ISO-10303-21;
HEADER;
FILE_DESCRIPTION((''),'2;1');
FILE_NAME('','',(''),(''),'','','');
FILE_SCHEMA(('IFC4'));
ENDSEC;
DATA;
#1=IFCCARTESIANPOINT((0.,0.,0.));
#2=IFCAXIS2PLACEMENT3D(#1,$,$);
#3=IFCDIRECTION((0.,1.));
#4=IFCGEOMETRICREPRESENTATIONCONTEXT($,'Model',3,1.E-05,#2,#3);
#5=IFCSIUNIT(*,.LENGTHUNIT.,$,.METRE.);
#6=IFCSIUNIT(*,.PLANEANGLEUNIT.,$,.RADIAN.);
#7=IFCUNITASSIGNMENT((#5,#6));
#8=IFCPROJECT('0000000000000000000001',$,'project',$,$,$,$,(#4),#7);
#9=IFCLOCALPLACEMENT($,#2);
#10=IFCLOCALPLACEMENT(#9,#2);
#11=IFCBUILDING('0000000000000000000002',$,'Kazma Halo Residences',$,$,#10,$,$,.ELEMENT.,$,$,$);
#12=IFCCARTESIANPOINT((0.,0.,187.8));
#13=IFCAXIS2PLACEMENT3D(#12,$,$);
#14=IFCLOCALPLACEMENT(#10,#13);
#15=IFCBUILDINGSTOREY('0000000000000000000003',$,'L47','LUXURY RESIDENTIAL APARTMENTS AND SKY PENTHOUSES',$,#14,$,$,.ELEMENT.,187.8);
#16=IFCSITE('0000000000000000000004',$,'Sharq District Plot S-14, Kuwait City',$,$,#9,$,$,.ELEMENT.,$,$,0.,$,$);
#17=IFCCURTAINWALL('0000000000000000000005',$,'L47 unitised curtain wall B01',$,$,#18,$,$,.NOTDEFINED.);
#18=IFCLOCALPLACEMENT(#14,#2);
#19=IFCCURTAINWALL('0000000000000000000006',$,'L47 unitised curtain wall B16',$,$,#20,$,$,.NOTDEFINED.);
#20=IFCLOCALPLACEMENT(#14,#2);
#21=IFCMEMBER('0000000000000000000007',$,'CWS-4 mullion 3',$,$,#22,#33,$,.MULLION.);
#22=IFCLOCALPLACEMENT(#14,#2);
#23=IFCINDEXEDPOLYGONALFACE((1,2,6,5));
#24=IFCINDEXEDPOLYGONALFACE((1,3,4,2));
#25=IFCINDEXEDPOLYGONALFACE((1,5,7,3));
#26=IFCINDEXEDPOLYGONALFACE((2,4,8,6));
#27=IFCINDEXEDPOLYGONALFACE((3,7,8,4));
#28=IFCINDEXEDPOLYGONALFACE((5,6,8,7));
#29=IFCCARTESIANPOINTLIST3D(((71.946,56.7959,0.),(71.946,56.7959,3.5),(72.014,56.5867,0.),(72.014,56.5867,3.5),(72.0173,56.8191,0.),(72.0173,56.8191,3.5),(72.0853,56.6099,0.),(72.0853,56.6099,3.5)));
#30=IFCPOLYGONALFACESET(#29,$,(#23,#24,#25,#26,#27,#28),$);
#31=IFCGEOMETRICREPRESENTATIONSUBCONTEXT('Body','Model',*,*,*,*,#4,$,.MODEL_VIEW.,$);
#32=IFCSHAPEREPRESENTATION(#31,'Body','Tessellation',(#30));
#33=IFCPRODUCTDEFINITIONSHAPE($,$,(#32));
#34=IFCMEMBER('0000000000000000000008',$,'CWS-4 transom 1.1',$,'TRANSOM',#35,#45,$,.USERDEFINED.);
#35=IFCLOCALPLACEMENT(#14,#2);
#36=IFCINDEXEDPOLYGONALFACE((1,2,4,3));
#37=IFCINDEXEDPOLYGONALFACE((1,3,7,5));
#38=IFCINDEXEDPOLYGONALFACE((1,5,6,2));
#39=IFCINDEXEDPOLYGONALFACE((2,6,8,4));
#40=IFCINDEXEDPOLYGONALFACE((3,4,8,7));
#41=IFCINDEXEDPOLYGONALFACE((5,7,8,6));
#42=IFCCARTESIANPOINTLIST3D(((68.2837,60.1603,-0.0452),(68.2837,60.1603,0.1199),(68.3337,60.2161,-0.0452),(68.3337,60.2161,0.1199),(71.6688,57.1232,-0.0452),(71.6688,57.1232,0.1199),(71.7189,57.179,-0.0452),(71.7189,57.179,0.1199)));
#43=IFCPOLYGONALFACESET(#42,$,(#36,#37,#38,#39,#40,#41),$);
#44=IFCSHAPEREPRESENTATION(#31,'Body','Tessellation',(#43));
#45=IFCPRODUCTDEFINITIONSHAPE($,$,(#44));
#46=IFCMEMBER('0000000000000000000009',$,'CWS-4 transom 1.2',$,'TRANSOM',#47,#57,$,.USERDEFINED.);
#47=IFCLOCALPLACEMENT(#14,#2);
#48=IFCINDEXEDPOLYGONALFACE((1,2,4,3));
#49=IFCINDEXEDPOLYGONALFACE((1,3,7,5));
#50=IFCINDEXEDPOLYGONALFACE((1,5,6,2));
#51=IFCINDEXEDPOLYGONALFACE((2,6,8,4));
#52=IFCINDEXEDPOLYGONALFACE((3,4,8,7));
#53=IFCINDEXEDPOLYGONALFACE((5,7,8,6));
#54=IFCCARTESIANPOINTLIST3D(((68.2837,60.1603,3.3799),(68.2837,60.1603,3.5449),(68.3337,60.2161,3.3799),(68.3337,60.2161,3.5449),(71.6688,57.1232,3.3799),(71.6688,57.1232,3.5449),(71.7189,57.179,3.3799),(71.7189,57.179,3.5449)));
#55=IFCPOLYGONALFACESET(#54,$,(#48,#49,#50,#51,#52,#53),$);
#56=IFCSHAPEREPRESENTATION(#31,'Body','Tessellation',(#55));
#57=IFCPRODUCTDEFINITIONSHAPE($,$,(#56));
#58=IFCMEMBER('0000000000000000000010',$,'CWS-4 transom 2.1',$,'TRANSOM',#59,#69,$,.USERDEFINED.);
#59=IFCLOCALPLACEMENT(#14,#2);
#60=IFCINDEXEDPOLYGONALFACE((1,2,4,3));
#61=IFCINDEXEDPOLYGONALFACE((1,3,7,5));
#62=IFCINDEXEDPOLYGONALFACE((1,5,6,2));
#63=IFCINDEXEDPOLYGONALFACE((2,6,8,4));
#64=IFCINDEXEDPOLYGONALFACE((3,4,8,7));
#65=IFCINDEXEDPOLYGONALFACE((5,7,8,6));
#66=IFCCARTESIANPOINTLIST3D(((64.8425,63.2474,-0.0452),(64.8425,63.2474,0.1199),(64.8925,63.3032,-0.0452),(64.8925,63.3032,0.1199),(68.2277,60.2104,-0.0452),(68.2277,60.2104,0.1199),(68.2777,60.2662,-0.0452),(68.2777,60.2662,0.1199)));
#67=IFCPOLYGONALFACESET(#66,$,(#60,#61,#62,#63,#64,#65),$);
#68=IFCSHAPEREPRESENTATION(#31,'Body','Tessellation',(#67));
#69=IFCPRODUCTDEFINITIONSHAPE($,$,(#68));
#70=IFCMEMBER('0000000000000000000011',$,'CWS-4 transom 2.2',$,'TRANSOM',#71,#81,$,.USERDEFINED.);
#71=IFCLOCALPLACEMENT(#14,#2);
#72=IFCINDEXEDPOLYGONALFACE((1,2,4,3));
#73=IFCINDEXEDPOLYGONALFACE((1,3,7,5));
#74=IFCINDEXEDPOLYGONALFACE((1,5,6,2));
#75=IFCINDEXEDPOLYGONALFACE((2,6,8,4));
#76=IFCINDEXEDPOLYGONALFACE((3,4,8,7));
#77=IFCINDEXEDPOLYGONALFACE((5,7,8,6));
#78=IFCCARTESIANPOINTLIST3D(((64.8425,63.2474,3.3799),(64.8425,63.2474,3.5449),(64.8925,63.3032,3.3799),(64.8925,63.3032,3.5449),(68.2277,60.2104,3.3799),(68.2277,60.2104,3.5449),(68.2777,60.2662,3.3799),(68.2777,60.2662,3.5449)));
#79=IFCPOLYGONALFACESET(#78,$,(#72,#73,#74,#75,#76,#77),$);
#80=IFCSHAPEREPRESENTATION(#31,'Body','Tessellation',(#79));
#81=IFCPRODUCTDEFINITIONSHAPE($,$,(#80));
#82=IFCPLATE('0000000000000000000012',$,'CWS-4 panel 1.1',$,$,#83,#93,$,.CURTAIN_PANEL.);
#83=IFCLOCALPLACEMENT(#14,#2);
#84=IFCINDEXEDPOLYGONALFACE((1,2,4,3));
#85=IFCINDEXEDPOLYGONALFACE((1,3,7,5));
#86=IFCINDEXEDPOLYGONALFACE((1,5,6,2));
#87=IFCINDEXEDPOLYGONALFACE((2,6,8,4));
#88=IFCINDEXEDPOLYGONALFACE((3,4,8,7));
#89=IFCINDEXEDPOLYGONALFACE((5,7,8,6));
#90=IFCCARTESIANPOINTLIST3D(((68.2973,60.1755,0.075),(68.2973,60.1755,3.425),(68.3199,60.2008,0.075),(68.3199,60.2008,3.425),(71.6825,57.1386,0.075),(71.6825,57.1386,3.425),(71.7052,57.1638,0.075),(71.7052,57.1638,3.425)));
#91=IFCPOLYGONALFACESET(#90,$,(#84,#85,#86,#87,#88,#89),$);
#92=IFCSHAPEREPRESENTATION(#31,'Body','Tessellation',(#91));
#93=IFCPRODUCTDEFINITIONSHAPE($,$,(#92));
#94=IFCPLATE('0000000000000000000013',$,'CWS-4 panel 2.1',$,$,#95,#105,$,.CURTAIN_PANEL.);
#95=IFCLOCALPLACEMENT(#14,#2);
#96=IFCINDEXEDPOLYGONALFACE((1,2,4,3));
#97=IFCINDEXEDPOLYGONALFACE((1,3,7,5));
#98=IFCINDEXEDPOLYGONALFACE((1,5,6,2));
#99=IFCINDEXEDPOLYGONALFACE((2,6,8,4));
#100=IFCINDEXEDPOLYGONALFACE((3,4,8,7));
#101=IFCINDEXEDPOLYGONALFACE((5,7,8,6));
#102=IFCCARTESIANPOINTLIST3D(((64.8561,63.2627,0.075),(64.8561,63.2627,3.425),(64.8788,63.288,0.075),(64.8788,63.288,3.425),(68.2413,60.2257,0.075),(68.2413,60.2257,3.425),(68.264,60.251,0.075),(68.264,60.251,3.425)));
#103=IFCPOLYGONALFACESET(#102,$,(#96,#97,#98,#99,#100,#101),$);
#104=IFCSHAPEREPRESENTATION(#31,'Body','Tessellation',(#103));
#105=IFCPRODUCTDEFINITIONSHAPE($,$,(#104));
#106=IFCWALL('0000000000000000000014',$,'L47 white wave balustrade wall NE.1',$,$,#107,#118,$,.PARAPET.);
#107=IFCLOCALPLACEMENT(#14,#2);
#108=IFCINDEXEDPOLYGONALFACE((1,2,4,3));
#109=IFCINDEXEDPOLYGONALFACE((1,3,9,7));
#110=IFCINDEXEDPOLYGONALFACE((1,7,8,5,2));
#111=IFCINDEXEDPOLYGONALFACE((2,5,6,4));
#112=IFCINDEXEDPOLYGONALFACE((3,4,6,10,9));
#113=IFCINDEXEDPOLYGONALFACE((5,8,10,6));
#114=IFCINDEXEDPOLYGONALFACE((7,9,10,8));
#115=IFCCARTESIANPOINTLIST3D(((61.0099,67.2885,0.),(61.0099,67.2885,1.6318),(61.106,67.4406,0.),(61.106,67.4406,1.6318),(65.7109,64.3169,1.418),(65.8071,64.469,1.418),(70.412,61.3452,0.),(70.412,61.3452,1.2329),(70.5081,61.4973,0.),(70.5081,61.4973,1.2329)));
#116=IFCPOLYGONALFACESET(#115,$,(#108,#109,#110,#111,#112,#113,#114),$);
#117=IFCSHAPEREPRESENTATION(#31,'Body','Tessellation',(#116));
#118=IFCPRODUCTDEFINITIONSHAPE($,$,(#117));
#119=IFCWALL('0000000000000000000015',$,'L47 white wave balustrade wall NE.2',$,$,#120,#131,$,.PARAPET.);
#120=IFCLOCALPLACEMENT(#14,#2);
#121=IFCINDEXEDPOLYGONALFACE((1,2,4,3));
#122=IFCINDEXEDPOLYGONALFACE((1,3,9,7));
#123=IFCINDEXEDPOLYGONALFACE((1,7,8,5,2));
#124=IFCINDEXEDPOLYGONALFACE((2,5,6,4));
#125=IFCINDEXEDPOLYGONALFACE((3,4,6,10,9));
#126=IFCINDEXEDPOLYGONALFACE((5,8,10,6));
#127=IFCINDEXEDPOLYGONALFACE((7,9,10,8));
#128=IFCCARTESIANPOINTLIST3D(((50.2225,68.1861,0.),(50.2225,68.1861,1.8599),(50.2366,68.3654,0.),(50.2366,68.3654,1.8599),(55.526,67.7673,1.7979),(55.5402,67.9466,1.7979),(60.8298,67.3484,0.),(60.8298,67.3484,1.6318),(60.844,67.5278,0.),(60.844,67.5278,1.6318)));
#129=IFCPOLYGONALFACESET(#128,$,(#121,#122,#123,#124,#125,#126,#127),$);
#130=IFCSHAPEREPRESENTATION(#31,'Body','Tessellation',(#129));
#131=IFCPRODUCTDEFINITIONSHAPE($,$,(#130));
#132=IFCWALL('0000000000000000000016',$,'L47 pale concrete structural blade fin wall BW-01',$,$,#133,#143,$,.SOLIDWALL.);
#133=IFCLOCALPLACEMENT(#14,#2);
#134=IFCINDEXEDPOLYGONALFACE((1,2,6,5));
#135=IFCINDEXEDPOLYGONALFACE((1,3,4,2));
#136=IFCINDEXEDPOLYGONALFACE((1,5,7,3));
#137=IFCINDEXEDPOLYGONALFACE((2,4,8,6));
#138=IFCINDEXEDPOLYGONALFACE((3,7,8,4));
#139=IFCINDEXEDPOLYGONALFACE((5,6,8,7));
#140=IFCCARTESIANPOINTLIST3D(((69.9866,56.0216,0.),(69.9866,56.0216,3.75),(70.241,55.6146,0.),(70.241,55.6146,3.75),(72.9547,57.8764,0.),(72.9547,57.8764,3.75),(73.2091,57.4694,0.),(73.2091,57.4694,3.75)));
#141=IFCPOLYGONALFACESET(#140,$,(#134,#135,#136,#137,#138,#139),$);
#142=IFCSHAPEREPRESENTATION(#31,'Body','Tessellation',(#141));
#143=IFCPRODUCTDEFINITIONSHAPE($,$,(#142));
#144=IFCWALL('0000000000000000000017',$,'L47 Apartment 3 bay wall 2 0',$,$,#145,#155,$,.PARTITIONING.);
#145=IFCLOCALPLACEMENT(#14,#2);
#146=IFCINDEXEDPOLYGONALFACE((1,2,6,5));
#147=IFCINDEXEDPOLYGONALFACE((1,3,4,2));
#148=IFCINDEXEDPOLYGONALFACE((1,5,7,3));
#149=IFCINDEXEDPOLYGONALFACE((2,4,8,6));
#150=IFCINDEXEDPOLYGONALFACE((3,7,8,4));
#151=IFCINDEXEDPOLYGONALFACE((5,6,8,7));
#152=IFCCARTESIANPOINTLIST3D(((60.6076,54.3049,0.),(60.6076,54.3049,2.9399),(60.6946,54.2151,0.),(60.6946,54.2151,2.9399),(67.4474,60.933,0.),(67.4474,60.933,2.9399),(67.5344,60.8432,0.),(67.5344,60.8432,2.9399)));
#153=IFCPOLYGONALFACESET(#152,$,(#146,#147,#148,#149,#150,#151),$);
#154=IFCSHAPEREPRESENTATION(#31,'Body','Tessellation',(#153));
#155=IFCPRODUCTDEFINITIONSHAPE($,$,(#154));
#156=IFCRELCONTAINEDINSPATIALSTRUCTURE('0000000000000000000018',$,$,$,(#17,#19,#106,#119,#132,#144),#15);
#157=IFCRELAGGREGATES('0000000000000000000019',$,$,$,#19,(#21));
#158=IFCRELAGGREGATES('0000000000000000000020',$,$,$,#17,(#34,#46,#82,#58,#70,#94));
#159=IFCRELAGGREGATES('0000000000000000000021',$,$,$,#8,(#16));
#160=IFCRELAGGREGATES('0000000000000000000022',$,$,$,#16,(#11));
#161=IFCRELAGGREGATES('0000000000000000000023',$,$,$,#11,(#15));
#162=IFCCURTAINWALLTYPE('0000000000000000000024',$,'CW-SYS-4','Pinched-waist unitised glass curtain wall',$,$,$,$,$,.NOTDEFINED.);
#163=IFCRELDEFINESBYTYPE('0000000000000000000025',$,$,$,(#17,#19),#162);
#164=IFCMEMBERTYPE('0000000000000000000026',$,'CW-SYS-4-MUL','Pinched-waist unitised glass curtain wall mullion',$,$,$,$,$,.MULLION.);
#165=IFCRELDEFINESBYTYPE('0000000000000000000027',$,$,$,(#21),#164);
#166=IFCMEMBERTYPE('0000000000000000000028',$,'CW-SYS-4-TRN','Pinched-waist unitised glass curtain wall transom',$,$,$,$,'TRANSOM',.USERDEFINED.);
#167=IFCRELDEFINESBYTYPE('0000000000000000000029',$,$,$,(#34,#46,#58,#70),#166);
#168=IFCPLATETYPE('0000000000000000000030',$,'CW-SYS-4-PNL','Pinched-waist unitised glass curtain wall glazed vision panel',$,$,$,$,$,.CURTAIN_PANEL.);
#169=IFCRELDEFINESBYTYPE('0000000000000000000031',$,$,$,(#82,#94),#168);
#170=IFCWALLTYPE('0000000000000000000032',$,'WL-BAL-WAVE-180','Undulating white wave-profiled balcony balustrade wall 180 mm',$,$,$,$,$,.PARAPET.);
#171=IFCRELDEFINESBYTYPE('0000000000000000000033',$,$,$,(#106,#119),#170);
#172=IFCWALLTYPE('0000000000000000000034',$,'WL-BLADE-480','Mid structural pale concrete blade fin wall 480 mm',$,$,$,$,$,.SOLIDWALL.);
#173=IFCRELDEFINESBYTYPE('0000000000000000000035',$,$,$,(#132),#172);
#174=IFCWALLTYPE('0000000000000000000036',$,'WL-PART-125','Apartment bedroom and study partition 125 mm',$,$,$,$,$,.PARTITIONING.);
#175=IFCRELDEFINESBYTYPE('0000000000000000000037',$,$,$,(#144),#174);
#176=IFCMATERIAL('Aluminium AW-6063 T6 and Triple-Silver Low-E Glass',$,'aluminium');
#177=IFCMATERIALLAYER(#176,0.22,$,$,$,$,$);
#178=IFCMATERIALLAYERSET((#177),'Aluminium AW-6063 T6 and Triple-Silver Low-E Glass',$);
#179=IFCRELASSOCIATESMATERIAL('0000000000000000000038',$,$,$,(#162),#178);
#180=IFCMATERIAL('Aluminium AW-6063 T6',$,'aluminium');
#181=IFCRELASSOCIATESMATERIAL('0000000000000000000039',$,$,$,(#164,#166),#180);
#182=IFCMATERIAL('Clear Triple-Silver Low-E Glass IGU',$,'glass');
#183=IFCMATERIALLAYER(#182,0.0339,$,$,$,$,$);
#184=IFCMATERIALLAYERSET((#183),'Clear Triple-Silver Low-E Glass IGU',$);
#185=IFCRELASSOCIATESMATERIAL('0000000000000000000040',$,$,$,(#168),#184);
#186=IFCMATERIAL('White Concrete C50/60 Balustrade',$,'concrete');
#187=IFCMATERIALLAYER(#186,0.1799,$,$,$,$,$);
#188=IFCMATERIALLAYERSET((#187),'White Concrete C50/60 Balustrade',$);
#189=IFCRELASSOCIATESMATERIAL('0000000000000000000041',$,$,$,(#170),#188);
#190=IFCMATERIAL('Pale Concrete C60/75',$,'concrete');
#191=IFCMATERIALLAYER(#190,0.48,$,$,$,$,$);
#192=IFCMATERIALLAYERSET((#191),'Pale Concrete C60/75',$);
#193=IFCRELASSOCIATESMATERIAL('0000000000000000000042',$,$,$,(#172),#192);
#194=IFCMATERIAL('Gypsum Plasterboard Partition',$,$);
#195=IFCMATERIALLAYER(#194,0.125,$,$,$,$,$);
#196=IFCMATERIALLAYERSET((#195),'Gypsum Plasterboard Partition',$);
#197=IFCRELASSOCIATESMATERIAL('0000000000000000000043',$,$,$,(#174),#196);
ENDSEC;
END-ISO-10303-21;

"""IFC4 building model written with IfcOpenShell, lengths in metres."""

from ifc_helpers import new_model, si_unit, direction, frame, frame_2d, origin, origin_2d, place, context, subcontext, project, spatial, polyline, rectangle, outline, extrude, material, layer, layer_set, material_profile, profile_set, type_object, element, aggregate, save


model = new_model("IFC4")

# Units and contexts
model_context = context("Model", 3, precision=1e-05, world=origin(), true_north=direction((0.0, 1.0)))
body_context = subcontext(model_context, "Body", "Model", "MODEL_VIEW")
ifc_project = project(units=[si_unit("LENGTHUNIT", "METRE"), si_unit("PLANEANGLEUNIT", "RADIAN")], contexts=[model_context])

# Site, building, storey
site_placement = place(None, origin())
site = spatial("IfcSite", under=ifc_project, at=site_placement, Name="Sharq District Plot S-14, Kuwait City", CompositionType="ELEMENT", RefElevation=0.0)
building_placement = place(site_placement, origin())
building = spatial("IfcBuilding", under=site, at=building_placement, Name="Kazma Halo Residences", CompositionType="ELEMENT")
storey_placement = place(building_placement, frame((0.0, 0.0, 187.8)))
storey = spatial("IfcBuildingStorey", under=building, at=storey_placement, Name="L47", Description="LUXURY RESIDENTIAL APARTMENTS AND SKY PENTHOUSES", CompositionType="ELEMENT", Elevation=187.8)

# Curtain wall
ifc_material_1 = material(Name="Aluminium AW-6063 T6 and Triple-Silver Low-E Glass", Category="aluminium")
ifc_layer_1 = layer(ifc_material_1, 0.22)
ifc_layer_set_1 = layer_set([ifc_layer_1], Name="Aluminium AW-6063 T6 and Triple-Silver Low-E Glass")
curtain_wall_type = type_object("IfcCurtainWallType", Name="CW-SYS-4", Description="Pinched-waist unitised glass curtain wall", PredefinedType="NOTDEFINED", material=ifc_layer_set_1)
curtain_wall_1_placement = place(storey_placement, origin())
curtain_wall_1 = element("IfcCurtainWall", 1, at=curtain_wall_1_placement, inside=storey, type_object=curtain_wall_type, Name="L47 unitised curtain wall B01", PredefinedType="NOTDEFINED")
ifc_material_2 = material(Name="Aluminium AW-6063 T6", Category="aluminium")
ifc_material_profile_1 = material_profile(ifc_material_2, rectangle(XDim=0.075, YDim=0.22, at=origin_2d()), Name="CWM-75x220")
ifc_profile_set_1 = profile_set([ifc_material_profile_1], Name="Aluminium AW-6063 T6")
member_type_1 = type_object("IfcMemberType", Name="CW-SYS-4-MUL", Description="Pinched-waist unitised glass curtain wall mullion", PredefinedType="MULLION", material=ifc_profile_set_1)

# Curtain wall, member
curtain_wall_2_placement = place(storey_placement, origin())
curtain_wall_2 = element("IfcCurtainWall", 2, at=curtain_wall_2_placement, inside=storey, type_object=curtain_wall_type, Name="L47 unitised curtain wall B16", PredefinedType="NOTDEFINED")
member_1_placement = place(storey_placement, frame((72.0156, 56.7029, 0.0), z_axis=(0.0, 0.0, 1.0), x_axis=(-0.951057, -0.309016, 0.0)))
member_1 = element("IfcMember", 3, at=member_1_placement, type_object=member_type_1, Name="CWS-4 mullion 3", PredefinedType="MULLION", context=body_context, shape_type="SweptSolid", body=[
    extrude(rectangle(XDim=0.075, YDim=0.22, at=origin_2d()), origin(), (0.0, 0.0, 1.0), 3.5),
])
aggregate(curtain_wall_2, [member_1])

# Members
ifc_material_profile_2 = material_profile(ifc_material_2, rectangle(XDim=0.075, YDim=0.165, at=origin_2d()), Name="CWT-75x165")
ifc_profile_set_2 = profile_set([ifc_material_profile_2], Name="Aluminium AW-6063 T6")
member_type_2 = type_object("IfcMemberType", Name="CW-SYS-4-TRN", Description="Pinched-waist unitised glass curtain wall transom", ElementType="TRANSOM", PredefinedType="USERDEFINED", material=ifc_profile_set_2)
member_2_placement = place(storey_placement, frame((71.6938, 57.1511, 0.0374), z_axis=(-0.744345, 0.667795, 0.0), x_axis=(-0.667795, -0.744345, 0.0)))
member_2 = element("IfcMember", 4, at=member_2_placement, type_object=member_type_2, Name="CWS-4 transom 1.1", ObjectType="TRANSOM", PredefinedType="USERDEFINED", context=body_context, shape_type="SweptSolid", body=[
    extrude(rectangle(XDim=0.075, YDim=0.165, at=origin_2d()), origin(), (0.0, 0.0, 1.0), 4.5479),
])
member_3_placement = place(storey_placement, frame((71.6938, 57.1511, 3.4624), z_axis=(-0.744345, 0.667795, 0.0), x_axis=(-0.667795, -0.744345, 0.0)))
member_3 = element("IfcMember", 5, at=member_3_placement, type_object=member_type_2, Name="CWS-4 transom 1.2", ObjectType="TRANSOM", PredefinedType="USERDEFINED", context=body_context, shape_type="SweptSolid", body=[
    extrude(rectangle(XDim=0.075, YDim=0.165, at=origin_2d()), origin(), (0.0, 0.0, 1.0), 4.5479),
])
member_4_placement = place(storey_placement, frame((68.2527, 60.2383, 0.0374), z_axis=(-0.744345, 0.667795, 0.0), x_axis=(-0.667795, -0.744345, 0.0)))
member_4 = element("IfcMember", 6, at=member_4_placement, type_object=member_type_2, Name="CWS-4 transom 2.1", ObjectType="TRANSOM", PredefinedType="USERDEFINED", context=body_context, shape_type="SweptSolid", body=[
    extrude(rectangle(XDim=0.075, YDim=0.165, at=origin_2d()), origin(), (0.0, 0.0, 1.0), 4.5479),
])
member_5_placement = place(storey_placement, frame((68.2527, 60.2383, 3.4624), z_axis=(-0.744345, 0.667795, 0.0), x_axis=(-0.667795, -0.744345, 0.0)))
member_5 = element("IfcMember", 7, at=member_5_placement, type_object=member_type_2, Name="CWS-4 transom 2.2", ObjectType="TRANSOM", PredefinedType="USERDEFINED", context=body_context, shape_type="SweptSolid", body=[
    extrude(rectangle(XDim=0.075, YDim=0.165, at=origin_2d()), origin(), (0.0, 0.0, 1.0), 4.5479),
])

# Plates
ifc_material_3 = material(Name="Clear Triple-Silver Low-E Glass IGU", Category="glass")
ifc_layer_2 = layer(ifc_material_3, 0.0339)
ifc_layer_set_2 = layer_set([ifc_layer_2], Name="Clear Triple-Silver Low-E Glass IGU")
plate_type = type_object("IfcPlateType", Name="CW-SYS-4-PNL", Description="Pinched-waist unitised glass curtain wall glazed vision panel", PredefinedType="CURTAIN_PANEL", material=ifc_layer_set_2)
plate_1_placement = place(storey_placement, frame((70.0012, 58.6697, 0.075), z_axis=(0.0, 0.0, 1.0), x_axis=(-0.744355, 0.667784, 0.0)))
plate_1 = element("IfcPlate", 8, at=plate_1_placement, type_object=plate_type, Name="CWS-4 panel 1.1", PredefinedType="CURTAIN_PANEL", context=body_context, shape_type="SweptSolid", body=[
    extrude(rectangle(XDim=4.5479, YDim=0.0339, at=origin_2d()), origin(), (0.0, 0.0, 1.0), 3.3501),
])
plate_2_placement = place(storey_placement, frame((66.5601, 61.7568, 0.075), z_axis=(0.0, 0.0, 1.0), x_axis=(-0.744355, 0.667784, 0.0)))
plate_2 = element("IfcPlate", 9, at=plate_2_placement, type_object=plate_type, Name="CWS-4 panel 2.1", PredefinedType="CURTAIN_PANEL", context=body_context, shape_type="SweptSolid", body=[
    extrude(rectangle(XDim=4.5479, YDim=0.0339, at=origin_2d()), origin(), (0.0, 0.0, 1.0), 3.3501),
])
aggregate(curtain_wall_1, [member_2, member_3, plate_1, member_4, member_5, plate_2])

# Walls
ifc_material_4 = material(Name="White Concrete C50/60 Balustrade", Category="concrete")
ifc_layer_3 = layer(ifc_material_4, 0.1799)
ifc_layer_set_3 = layer_set([ifc_layer_3], Name="White Concrete C50/60 Balustrade")
wall_type_1 = type_object("IfcWallType", Name="WL-BAL-WAVE-180", Description="Undulating white wave-profiled balcony balustrade wall 180 mm", PredefinedType="PARAPET", material=ifc_layer_set_3)
wall_1_placement = place(storey_placement, frame((70.46, 61.4211, 0.0), z_axis=(0.0, 0.0, 1.0), x_axis=(-0.845278, 0.534327, 0.0)))
element("IfcWall", 10, at=wall_1_placement, inside=storey, type_object=wall_type_1, Name="L47 white wave balustrade wall NE.1", PredefinedType="PARAPET", context=body_context, shape_type="SweptSolid", body=[
    extrude(outline(polyline([(0.0, 0.0), (11.123, 0.0), (11.123, 1.6318), (5.5615, 1.418), (0.0, 1.2329), (0.0, 0.0)])), frame((0.0, 0.0898, 0.0), z_axis=(0.0, -1.0, 0.0), x_axis=(1.0, 0.0, 0.0)), (0.0, 0.0, 1.0), 0.1799),
])
wall_2_placement = place(storey_placement, frame((60.8369, 67.438, 0.0), z_axis=(0.0, 0.0, 1.0), x_axis=(-0.996897, 0.078723, 0.0)))
element("IfcWall", 11, at=wall_2_placement, inside=storey, type_object=wall_type_1, Name="L47 white wave balustrade wall NE.2", PredefinedType="PARAPET", context=body_context, shape_type="SweptSolid", body=[
    extrude(outline(polyline([(0.0, 0.0), (10.6404, 0.0), (10.6404, 1.8599), (5.3203, 1.7979), (0.0, 1.6318), (0.0, 0.0)])), frame((0.0, 0.0898, 0.0), z_axis=(0.0, -1.0, 0.0), x_axis=(1.0, 0.0, 0.0)), (0.0, 0.0, 1.0), 0.1799),
])
ifc_material_5 = material(Name="Pale Concrete C60/75", Category="concrete")
ifc_layer_4 = layer(ifc_material_5, 0.48)
ifc_layer_set_4 = layer_set([ifc_layer_4], Name="Pale Concrete C60/75")
wall_type_2 = type_object("IfcWallType", Name="WL-BLADE-480", Description="Mid structural pale concrete blade fin wall 480 mm", PredefinedType="SOLIDWALL", material=ifc_layer_set_4)
wall_3_placement = place(storey_placement, frame((70.1138, 55.8181, 0.0), z_axis=(0.0, 0.0, 1.0), x_axis=(0.848034, 0.529943, 0.0)))
element("IfcWall", 12, at=wall_3_placement, inside=storey, type_object=wall_type_2, Name="L47 pale concrete structural blade fin wall BW-01", PredefinedType="SOLIDWALL", context=body_context, shape_type="SweptSolid", body=[
    extrude(rectangle(XDim=3.5, YDim=0.48, at=frame_2d((1.75, 0.0))), origin(), (0.0, 0.0, 1.0), 3.75),
])

# Wall
ifc_material_6 = material(Name="Gypsum Plasterboard Partition")
ifc_layer_5 = layer(ifc_material_6, 0.125)
ifc_layer_set_5 = layer_set([ifc_layer_5], Name="Gypsum Plasterboard Partition")
wall_type_3 = type_object("IfcWallType", Name="WL-PART-125", Description="Apartment bedroom and study partition 125 mm", PredefinedType="PARTITIONING", material=ifc_layer_set_5)
wall_4_placement = place(storey_placement, frame((60.6511, 54.26, 0.0), z_axis=(0.0, 0.0, 1.0), x_axis=(0.718131, 0.695908, 0.0)))
element("IfcWall", 13, at=wall_4_placement, inside=storey, type_object=wall_type_3, Name="L47 Apartment 3 bay wall 2 0", PredefinedType="PARTITIONING", context=body_context, shape_type="SweptSolid", body=[
    extrude(rectangle(XDim=9.5244, YDim=0.125, at=frame_2d((4.7622, 0.0))), origin(), (0.0, 0.0, 1.0), 2.9399),
])

save(model, "model.ifc")
